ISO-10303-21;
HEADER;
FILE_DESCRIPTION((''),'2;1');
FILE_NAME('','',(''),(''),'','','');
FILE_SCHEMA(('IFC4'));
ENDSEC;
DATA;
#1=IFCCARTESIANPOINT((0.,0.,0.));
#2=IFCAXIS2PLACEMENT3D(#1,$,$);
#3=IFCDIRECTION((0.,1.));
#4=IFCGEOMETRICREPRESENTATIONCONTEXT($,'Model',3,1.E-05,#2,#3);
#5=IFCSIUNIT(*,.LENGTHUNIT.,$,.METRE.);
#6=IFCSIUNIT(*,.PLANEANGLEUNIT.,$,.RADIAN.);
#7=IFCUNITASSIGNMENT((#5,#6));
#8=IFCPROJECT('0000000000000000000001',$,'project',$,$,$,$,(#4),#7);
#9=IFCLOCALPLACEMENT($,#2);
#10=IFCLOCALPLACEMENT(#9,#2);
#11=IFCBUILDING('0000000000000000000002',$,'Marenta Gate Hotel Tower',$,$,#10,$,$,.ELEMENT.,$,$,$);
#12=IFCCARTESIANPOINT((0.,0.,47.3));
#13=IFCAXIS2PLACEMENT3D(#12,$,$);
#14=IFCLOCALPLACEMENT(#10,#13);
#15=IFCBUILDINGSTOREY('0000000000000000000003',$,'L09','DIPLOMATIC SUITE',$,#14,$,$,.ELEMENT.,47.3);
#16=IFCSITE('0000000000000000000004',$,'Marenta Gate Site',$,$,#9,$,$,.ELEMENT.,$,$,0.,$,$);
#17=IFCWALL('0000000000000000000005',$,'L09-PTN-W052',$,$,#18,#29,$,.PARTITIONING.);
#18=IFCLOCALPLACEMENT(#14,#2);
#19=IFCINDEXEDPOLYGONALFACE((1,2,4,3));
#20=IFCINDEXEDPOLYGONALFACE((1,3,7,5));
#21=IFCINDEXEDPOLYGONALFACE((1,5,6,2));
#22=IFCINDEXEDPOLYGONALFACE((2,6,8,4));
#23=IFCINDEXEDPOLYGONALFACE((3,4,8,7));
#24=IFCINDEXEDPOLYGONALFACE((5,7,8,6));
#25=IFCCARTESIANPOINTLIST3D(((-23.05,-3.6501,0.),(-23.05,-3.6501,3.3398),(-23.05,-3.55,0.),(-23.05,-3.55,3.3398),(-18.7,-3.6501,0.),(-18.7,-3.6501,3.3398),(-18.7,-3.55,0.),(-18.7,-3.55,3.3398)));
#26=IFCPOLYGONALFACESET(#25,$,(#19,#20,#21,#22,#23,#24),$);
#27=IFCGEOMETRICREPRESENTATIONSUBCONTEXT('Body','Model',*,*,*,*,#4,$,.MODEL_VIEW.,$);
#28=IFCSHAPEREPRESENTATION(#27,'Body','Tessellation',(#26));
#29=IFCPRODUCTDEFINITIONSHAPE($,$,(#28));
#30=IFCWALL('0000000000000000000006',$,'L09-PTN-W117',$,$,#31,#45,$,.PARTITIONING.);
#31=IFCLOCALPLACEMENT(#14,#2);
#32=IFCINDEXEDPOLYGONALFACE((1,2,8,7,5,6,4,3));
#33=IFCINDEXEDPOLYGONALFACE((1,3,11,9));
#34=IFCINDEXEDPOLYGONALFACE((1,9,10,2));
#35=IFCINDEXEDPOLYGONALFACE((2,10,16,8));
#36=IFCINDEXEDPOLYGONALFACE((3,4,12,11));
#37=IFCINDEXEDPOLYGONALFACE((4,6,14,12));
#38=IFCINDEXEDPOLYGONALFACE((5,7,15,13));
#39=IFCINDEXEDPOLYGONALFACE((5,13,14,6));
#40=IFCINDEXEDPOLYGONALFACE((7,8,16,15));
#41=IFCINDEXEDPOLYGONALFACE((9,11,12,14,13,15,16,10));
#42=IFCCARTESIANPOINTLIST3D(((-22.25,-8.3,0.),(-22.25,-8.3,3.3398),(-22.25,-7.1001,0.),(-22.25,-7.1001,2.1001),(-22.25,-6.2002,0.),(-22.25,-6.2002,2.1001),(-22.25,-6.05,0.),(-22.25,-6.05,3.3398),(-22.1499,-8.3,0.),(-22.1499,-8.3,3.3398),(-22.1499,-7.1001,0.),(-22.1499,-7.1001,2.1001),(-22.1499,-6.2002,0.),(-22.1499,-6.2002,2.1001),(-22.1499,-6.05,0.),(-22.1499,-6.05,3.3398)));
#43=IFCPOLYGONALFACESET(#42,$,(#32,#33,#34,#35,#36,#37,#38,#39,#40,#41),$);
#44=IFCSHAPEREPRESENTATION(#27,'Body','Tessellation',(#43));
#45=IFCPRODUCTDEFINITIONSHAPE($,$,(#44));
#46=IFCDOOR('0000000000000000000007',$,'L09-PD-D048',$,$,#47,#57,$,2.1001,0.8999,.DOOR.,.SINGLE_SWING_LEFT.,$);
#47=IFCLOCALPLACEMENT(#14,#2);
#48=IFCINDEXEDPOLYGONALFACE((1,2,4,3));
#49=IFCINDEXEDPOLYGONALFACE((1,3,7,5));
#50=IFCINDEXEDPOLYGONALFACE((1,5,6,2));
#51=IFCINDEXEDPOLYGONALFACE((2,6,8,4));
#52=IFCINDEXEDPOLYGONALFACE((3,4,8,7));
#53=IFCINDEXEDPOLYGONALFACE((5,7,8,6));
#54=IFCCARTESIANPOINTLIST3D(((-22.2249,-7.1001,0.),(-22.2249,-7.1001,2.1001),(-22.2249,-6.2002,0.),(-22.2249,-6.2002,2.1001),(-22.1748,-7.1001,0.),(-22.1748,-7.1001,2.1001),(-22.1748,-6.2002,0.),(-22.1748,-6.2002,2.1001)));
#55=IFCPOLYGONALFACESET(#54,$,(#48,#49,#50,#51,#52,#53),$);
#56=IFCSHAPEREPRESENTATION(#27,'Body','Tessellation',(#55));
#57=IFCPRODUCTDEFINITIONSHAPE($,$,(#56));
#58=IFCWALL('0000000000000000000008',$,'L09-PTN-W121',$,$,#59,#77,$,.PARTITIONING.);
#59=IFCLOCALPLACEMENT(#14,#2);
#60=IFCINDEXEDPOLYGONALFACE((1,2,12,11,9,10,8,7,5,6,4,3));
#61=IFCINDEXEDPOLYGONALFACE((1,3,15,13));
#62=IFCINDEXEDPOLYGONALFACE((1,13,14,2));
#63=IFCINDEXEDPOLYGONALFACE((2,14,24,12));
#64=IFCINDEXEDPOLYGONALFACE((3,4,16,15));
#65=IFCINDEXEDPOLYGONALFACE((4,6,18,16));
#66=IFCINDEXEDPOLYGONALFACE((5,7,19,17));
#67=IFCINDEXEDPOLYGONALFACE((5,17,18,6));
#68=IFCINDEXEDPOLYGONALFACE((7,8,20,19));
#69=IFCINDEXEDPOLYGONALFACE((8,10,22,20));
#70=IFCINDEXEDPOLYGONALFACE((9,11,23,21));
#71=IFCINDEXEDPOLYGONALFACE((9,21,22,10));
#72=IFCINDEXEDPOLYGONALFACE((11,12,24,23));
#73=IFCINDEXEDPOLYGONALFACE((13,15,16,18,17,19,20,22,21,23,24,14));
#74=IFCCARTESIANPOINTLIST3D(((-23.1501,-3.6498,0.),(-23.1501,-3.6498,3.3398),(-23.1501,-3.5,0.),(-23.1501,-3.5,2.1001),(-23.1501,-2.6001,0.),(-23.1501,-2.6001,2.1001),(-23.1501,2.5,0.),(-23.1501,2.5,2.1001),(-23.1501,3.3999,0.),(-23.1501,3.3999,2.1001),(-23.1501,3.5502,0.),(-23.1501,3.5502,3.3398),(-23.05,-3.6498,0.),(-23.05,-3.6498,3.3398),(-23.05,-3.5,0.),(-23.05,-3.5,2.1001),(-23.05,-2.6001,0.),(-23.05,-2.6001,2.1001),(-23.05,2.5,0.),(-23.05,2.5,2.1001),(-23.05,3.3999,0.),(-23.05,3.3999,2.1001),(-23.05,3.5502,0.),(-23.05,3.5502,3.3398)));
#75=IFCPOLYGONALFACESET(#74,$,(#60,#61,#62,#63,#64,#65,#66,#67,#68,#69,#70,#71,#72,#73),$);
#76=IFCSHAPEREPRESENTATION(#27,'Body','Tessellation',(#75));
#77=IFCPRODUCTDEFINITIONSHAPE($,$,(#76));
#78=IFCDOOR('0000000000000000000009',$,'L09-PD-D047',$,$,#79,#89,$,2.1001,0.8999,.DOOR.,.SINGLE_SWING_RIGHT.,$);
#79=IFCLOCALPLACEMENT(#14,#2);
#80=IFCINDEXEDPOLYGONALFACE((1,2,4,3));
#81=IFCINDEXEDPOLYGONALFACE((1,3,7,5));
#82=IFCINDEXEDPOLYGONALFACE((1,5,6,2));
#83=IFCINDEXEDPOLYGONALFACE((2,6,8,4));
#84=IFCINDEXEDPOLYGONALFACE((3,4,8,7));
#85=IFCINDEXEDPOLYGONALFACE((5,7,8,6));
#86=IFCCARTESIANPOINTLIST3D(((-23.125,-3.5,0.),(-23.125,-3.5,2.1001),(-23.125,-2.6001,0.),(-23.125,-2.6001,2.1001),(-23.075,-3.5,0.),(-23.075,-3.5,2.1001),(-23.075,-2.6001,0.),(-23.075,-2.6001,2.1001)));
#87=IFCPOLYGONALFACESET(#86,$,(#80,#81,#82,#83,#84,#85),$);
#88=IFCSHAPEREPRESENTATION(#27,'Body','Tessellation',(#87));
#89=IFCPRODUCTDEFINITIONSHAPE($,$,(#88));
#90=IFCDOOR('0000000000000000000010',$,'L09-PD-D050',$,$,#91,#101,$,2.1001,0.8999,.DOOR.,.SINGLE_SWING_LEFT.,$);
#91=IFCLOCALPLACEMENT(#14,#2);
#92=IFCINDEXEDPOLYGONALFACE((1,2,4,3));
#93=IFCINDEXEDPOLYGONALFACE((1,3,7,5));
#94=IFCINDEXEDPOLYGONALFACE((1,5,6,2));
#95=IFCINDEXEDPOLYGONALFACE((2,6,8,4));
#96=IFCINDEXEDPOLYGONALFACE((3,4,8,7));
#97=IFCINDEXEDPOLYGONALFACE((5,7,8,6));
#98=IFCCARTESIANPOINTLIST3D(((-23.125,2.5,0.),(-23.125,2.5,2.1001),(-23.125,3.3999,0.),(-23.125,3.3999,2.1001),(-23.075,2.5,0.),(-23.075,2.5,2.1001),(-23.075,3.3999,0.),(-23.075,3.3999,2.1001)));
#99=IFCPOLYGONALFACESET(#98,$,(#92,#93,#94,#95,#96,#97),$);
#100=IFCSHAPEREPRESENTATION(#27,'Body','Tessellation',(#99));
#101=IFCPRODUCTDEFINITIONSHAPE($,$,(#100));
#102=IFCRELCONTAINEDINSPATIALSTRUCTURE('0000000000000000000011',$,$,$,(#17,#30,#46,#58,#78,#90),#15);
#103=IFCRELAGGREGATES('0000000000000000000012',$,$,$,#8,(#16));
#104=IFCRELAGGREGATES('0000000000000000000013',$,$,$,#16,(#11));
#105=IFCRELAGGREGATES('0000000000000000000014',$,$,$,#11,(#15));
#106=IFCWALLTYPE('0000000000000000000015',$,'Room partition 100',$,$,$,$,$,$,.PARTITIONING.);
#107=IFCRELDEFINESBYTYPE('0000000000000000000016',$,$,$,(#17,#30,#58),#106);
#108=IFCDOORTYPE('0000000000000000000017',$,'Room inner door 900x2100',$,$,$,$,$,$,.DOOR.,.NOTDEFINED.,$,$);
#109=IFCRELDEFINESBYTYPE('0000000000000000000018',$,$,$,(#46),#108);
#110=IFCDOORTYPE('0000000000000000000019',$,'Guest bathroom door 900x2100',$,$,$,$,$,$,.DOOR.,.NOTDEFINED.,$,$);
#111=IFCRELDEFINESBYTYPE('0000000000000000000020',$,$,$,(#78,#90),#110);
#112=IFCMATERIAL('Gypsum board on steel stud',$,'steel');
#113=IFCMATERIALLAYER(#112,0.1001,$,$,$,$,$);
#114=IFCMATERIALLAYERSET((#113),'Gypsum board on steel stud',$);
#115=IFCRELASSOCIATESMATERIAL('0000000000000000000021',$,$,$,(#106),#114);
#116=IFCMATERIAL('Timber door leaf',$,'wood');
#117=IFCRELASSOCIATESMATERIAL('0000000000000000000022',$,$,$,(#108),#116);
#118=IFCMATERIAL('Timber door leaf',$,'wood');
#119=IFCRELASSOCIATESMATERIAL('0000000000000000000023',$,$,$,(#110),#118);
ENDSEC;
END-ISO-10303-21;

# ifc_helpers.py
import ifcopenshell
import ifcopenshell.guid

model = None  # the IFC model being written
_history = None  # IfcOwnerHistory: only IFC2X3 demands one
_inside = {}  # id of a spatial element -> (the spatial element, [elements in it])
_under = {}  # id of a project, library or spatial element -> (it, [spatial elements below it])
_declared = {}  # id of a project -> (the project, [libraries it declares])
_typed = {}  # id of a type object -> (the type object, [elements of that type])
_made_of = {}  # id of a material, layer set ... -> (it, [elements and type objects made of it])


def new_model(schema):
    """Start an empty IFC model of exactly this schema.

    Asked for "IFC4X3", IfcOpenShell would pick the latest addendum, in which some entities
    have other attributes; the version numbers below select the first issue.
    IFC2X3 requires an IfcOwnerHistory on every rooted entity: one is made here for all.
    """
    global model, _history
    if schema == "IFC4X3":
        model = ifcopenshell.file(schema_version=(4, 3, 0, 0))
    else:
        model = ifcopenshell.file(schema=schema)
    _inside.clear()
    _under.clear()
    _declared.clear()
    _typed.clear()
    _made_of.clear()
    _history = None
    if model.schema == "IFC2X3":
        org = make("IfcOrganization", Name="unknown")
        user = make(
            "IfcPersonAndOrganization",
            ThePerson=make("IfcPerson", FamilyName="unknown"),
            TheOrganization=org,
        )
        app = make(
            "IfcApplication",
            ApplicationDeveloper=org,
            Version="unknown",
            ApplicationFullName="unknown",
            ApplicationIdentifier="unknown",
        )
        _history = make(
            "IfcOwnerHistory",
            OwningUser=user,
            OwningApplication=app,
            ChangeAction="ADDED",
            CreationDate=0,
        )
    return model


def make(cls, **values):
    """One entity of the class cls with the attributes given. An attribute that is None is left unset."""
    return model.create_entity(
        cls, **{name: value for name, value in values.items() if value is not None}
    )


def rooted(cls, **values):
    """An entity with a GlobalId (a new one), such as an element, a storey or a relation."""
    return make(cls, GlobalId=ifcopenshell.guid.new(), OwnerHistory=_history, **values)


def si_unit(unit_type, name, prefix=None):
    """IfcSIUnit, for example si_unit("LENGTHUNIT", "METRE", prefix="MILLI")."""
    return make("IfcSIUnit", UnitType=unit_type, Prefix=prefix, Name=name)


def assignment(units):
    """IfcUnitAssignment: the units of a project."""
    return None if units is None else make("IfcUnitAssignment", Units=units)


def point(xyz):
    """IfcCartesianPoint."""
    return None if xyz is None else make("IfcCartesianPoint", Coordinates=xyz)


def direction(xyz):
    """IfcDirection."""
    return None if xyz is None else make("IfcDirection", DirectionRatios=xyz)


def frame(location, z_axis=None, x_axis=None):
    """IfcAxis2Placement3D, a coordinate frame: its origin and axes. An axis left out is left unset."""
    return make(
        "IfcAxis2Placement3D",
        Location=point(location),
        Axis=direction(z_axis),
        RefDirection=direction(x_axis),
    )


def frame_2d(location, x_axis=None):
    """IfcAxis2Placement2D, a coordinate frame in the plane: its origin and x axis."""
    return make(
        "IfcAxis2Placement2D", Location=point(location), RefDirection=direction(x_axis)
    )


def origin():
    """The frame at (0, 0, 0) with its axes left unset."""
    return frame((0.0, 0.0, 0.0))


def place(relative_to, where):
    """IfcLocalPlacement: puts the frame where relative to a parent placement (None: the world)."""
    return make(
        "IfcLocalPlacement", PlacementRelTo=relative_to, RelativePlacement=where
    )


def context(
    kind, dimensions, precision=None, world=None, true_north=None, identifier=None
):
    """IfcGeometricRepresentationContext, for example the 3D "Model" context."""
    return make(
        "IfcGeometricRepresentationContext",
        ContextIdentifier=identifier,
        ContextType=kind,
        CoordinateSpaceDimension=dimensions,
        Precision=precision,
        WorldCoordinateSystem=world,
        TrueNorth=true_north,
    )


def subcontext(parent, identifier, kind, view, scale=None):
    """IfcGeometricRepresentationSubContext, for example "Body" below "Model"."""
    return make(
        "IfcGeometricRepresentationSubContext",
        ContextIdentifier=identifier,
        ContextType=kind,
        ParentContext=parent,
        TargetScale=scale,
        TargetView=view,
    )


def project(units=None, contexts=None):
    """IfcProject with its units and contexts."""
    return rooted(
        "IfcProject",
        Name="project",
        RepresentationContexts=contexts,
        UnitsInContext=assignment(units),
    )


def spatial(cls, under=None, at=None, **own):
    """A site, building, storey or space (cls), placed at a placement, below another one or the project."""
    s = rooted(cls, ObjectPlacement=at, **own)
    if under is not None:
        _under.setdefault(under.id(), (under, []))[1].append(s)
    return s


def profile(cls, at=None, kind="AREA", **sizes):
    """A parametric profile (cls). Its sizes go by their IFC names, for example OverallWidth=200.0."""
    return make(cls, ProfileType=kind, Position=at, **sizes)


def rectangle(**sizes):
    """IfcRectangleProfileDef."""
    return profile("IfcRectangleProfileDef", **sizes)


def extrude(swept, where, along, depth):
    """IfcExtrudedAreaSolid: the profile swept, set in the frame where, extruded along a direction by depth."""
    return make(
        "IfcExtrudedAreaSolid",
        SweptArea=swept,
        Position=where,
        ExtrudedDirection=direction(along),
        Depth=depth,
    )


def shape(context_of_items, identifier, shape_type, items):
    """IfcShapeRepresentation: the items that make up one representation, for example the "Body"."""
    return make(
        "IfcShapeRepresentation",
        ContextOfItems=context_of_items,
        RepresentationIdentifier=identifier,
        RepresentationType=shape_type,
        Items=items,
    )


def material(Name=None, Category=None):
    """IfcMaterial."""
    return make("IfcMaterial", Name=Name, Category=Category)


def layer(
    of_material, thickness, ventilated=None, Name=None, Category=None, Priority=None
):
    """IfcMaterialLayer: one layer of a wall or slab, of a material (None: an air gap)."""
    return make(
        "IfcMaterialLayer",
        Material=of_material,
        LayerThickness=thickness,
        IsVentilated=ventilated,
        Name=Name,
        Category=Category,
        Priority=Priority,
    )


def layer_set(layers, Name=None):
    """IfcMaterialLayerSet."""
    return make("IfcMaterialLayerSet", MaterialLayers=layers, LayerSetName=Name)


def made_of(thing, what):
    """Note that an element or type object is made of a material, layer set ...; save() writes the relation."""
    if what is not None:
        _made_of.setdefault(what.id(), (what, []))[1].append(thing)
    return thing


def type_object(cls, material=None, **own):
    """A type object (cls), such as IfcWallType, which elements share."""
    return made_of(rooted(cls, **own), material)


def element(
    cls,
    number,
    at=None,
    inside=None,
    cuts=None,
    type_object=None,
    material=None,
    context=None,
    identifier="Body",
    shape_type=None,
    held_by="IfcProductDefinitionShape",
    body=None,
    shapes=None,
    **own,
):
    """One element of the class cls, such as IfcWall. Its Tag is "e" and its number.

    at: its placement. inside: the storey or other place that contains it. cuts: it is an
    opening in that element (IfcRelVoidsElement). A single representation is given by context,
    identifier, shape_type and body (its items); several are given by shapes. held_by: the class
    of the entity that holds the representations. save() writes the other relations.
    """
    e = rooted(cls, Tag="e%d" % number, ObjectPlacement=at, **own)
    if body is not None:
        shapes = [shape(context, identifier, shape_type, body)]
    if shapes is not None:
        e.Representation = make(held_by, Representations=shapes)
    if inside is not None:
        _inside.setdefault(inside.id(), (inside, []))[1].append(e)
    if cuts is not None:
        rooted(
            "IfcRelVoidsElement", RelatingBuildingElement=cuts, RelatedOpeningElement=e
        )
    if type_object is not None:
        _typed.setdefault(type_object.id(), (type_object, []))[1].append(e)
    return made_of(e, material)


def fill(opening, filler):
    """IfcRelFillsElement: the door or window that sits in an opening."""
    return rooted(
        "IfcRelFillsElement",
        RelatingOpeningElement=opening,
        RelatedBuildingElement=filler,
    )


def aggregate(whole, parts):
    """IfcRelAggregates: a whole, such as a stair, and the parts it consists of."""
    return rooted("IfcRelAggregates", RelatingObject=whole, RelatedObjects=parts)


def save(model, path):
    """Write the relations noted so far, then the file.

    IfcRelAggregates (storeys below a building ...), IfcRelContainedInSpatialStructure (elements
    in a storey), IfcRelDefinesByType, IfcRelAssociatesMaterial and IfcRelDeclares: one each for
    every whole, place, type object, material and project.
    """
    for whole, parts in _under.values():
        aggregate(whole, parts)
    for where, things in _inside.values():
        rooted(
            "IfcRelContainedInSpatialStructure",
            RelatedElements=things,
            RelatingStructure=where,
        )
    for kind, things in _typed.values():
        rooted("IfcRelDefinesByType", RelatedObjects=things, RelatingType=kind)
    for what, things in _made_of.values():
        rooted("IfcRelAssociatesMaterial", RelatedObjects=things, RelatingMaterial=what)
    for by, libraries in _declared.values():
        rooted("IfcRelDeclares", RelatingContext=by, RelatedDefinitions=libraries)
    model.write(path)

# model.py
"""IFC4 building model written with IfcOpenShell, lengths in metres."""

from ifc_helpers import new_model, si_unit, direction, frame, frame_2d, origin, place, context, subcontext, project, spatial, rectangle, extrude, material, layer, layer_set, type_object, element, fill, save


model = new_model("IFC4")

# Units and contexts
model_context = context("Model", 3, precision=1e-05, world=origin(), true_north=direction((0.0, 1.0)))
body_context = subcontext(model_context, "Body", "Model", "MODEL_VIEW")
ifc_project = project(units=[si_unit("LENGTHUNIT", "METRE"), si_unit("PLANEANGLEUNIT", "RADIAN")], contexts=[model_context])

# Site, building, storey
site_placement = place(None, origin())
site = spatial("IfcSite", under=ifc_project, at=site_placement, Name="Marenta Gate Site", CompositionType="ELEMENT", RefElevation=0.0)
building_placement = place(site_placement, origin())
building = spatial("IfcBuilding", under=site, at=building_placement, Name="Marenta Gate Hotel Tower", CompositionType="ELEMENT")
storey_placement = place(building_placement, frame((0.0, 0.0, 47.3)))
storey = spatial("IfcBuildingStorey", under=building, at=storey_placement, Name="L09", Description="DIPLOMATIC SUITE", CompositionType="ELEMENT", Elevation=47.3)

# Shared definitions
ifc_material_1 = material(Name="Gypsum board on steel stud", Category="steel")
ifc_layer_1 = layer(ifc_material_1, 0.1001)
ifc_layer_set_1 = layer_set([ifc_layer_1], Name="Gypsum board on steel stud")
wall_type_1 = type_object("IfcWallType", Name="Room partition 100", PredefinedType="PARTITIONING", material=ifc_layer_set_1)

# Shared definitions
ifc_material_2 = material(Name="Timber door leaf", Category="wood")
door_type_1 = type_object("IfcDoorType", Name="Room inner door 900x2100", OperationType="NOTDEFINED", PredefinedType="DOOR", material=ifc_material_2)

# Wall
wall_1_placement = place(storey_placement, frame((-23.05, -3.6001, 0.0), z_axis=(0.0, 0.0, 1.0), x_axis=(1.0, 0.0, 0.0)))
element("IfcWall", 1, at=wall_1_placement, inside=storey, type_object=wall_type_1, Name="L09-PTN-W052", PredefinedType="PARTITIONING", context=body_context, shape_type="SweptSolid", body=[
    extrude(rectangle(XDim=4.3501, YDim=0.1001, at=frame_2d((2.175, 0.0))), origin(), (0.0, 0.0, 1.0), 3.3398),
])

# Wall, opening, door
wall_2_placement = place(storey_placement, frame((-22.2, -8.3, 0.0), z_axis=(0.0, 0.0, 1.0), x_axis=(0.0, 1.0, 0.0)))
wall_2 = element("IfcWall", 2, at=wall_2_placement, inside=storey, type_object=wall_type_1, Name="L09-PTN-W117", PredefinedType="PARTITIONING", context=body_context, shape_type="SweptSolid", body=[
    extrude(rectangle(XDim=2.25, YDim=0.1001, at=frame_2d((1.125, 0.0))), origin(), (0.0, 0.0, 1.0), 3.3398),
])
opening_1_placement = place(wall_2_placement, frame((1.2, 0.0, 0.0)))
opening_1 = element("IfcOpeningElement", 3, at=opening_1_placement, cuts=wall_2, PredefinedType="OPENING", context=body_context, shape_type="SweptSolid", body=[
    extrude(rectangle(XDim=0.8999, YDim=2.1001, at=frame_2d((0.45, 1.05))), frame((0.0, 0.05, 0.0), z_axis=(0.0, -1.0, 0.0), x_axis=(1.0, 0.0, 0.0)), (0.0, 0.0, 1.0), 0.1001),
])
door_1_placement = place(opening_1_placement, origin())
door_1 = element("IfcDoor", 4, at=door_1_placement, inside=storey, type_object=door_type_1, Name="L09-PD-D048", OperationType="SINGLE_SWING_LEFT", OverallHeight=2.1001, OverallWidth=0.8999, PredefinedType="DOOR", context=body_context, shape_type="SweptSolid", body=[
    extrude(rectangle(XDim=0.8999, YDim=2.1001, at=frame_2d((0.45, 1.05))), frame((0.0, 0.0249, 0.0), z_axis=(0.0, -1.0, 0.0), x_axis=(1.0, 0.0, 0.0)), (0.0, 0.0, 1.0), 0.05),
])
fill(opening_1, door_1)

# Wall, openings, doors
wall_3_placement = place(storey_placement, frame((-23.1001, -3.6499, 0.0), z_axis=(0.0, 0.0, 1.0), x_axis=(0.0, 1.0, 0.0)))
wall_3 = element("IfcWall", 5, at=wall_3_placement, inside=storey, type_object=wall_type_1, Name="L09-PTN-W121", PredefinedType="PARTITIONING", context=body_context, shape_type="SweptSolid", body=[
    extrude(rectangle(XDim=7.2, YDim=0.1001, at=frame_2d((3.6001, 0.0))), origin(), (0.0, 0.0, 1.0), 3.3398),
])
opening_2_placement = place(wall_3_placement, frame((0.1499, 0.0, 0.0)))
opening_2 = element("IfcOpeningElement", 6, at=opening_2_placement, cuts=wall_3, PredefinedType="OPENING", context=body_context, shape_type="SweptSolid", body=[
    extrude(rectangle(XDim=0.8999, YDim=2.1001, at=frame_2d((0.45, 1.05))), frame((0.0, 0.05, 0.0), z_axis=(0.0, -1.0, 0.0), x_axis=(1.0, 0.0, 0.0)), (0.0, 0.0, 1.0), 0.1001),
])
opening_3_placement = place(wall_3_placement, frame((6.1499, 0.0, 0.0)))
opening_3 = element("IfcOpeningElement", 7, at=opening_3_placement, cuts=wall_3, PredefinedType="OPENING", context=body_context, shape_type="SweptSolid", body=[
    extrude(rectangle(XDim=0.8999, YDim=2.1001, at=frame_2d((0.45, 1.05))), frame((0.0, 0.05, 0.0), z_axis=(0.0, -1.0, 0.0), x_axis=(1.0, 0.0, 0.0)), (0.0, 0.0, 1.0), 0.1001),
])
ifc_material_3 = material(Name="Timber door leaf", Category="wood")
door_type_2 = type_object("IfcDoorType", Name="Guest bathroom door 900x2100", OperationType="NOTDEFINED", PredefinedType="DOOR", material=ifc_material_3)
door_2_placement = place(opening_2_placement, origin())
door_2 = element("IfcDoor", 8, at=door_2_placement, inside=storey, type_object=door_type_2, Name="L09-PD-D047", OperationType="SINGLE_SWING_RIGHT", OverallHeight=2.1001, OverallWidth=0.8999, PredefinedType="DOOR", context=body_context, shape_type="SweptSolid", body=[
    extrude(rectangle(XDim=0.8999, YDim=2.1001, at=frame_2d((0.45, 1.05))), frame((0.0, 0.0249, 0.0), z_axis=(0.0, -1.0, 0.0), x_axis=(1.0, 0.0, 0.0)), (0.0, 0.0, 1.0), 0.05),
])
fill(opening_2, door_2)
door_3_placement = place(opening_3_placement, origin())
door_3 = element("IfcDoor", 9, at=door_3_placement, inside=storey, type_object=door_type_2, Name="L09-PD-D050", OperationType="SINGLE_SWING_LEFT", OverallHeight=2.1001, OverallWidth=0.8999, PredefinedType="DOOR", context=body_context, shape_type="SweptSolid", body=[
    extrude(rectangle(XDim=0.8999, YDim=2.1001, at=frame_2d((0.45, 1.05))), frame((0.0, 0.0249, 0.0), z_axis=(0.0, -1.0, 0.0), x_axis=(1.0, 0.0, 0.0)), (0.0, 0.0, 1.0), 0.05),
])
fill(opening_3, door_3)

save(model, "model.ifc")
